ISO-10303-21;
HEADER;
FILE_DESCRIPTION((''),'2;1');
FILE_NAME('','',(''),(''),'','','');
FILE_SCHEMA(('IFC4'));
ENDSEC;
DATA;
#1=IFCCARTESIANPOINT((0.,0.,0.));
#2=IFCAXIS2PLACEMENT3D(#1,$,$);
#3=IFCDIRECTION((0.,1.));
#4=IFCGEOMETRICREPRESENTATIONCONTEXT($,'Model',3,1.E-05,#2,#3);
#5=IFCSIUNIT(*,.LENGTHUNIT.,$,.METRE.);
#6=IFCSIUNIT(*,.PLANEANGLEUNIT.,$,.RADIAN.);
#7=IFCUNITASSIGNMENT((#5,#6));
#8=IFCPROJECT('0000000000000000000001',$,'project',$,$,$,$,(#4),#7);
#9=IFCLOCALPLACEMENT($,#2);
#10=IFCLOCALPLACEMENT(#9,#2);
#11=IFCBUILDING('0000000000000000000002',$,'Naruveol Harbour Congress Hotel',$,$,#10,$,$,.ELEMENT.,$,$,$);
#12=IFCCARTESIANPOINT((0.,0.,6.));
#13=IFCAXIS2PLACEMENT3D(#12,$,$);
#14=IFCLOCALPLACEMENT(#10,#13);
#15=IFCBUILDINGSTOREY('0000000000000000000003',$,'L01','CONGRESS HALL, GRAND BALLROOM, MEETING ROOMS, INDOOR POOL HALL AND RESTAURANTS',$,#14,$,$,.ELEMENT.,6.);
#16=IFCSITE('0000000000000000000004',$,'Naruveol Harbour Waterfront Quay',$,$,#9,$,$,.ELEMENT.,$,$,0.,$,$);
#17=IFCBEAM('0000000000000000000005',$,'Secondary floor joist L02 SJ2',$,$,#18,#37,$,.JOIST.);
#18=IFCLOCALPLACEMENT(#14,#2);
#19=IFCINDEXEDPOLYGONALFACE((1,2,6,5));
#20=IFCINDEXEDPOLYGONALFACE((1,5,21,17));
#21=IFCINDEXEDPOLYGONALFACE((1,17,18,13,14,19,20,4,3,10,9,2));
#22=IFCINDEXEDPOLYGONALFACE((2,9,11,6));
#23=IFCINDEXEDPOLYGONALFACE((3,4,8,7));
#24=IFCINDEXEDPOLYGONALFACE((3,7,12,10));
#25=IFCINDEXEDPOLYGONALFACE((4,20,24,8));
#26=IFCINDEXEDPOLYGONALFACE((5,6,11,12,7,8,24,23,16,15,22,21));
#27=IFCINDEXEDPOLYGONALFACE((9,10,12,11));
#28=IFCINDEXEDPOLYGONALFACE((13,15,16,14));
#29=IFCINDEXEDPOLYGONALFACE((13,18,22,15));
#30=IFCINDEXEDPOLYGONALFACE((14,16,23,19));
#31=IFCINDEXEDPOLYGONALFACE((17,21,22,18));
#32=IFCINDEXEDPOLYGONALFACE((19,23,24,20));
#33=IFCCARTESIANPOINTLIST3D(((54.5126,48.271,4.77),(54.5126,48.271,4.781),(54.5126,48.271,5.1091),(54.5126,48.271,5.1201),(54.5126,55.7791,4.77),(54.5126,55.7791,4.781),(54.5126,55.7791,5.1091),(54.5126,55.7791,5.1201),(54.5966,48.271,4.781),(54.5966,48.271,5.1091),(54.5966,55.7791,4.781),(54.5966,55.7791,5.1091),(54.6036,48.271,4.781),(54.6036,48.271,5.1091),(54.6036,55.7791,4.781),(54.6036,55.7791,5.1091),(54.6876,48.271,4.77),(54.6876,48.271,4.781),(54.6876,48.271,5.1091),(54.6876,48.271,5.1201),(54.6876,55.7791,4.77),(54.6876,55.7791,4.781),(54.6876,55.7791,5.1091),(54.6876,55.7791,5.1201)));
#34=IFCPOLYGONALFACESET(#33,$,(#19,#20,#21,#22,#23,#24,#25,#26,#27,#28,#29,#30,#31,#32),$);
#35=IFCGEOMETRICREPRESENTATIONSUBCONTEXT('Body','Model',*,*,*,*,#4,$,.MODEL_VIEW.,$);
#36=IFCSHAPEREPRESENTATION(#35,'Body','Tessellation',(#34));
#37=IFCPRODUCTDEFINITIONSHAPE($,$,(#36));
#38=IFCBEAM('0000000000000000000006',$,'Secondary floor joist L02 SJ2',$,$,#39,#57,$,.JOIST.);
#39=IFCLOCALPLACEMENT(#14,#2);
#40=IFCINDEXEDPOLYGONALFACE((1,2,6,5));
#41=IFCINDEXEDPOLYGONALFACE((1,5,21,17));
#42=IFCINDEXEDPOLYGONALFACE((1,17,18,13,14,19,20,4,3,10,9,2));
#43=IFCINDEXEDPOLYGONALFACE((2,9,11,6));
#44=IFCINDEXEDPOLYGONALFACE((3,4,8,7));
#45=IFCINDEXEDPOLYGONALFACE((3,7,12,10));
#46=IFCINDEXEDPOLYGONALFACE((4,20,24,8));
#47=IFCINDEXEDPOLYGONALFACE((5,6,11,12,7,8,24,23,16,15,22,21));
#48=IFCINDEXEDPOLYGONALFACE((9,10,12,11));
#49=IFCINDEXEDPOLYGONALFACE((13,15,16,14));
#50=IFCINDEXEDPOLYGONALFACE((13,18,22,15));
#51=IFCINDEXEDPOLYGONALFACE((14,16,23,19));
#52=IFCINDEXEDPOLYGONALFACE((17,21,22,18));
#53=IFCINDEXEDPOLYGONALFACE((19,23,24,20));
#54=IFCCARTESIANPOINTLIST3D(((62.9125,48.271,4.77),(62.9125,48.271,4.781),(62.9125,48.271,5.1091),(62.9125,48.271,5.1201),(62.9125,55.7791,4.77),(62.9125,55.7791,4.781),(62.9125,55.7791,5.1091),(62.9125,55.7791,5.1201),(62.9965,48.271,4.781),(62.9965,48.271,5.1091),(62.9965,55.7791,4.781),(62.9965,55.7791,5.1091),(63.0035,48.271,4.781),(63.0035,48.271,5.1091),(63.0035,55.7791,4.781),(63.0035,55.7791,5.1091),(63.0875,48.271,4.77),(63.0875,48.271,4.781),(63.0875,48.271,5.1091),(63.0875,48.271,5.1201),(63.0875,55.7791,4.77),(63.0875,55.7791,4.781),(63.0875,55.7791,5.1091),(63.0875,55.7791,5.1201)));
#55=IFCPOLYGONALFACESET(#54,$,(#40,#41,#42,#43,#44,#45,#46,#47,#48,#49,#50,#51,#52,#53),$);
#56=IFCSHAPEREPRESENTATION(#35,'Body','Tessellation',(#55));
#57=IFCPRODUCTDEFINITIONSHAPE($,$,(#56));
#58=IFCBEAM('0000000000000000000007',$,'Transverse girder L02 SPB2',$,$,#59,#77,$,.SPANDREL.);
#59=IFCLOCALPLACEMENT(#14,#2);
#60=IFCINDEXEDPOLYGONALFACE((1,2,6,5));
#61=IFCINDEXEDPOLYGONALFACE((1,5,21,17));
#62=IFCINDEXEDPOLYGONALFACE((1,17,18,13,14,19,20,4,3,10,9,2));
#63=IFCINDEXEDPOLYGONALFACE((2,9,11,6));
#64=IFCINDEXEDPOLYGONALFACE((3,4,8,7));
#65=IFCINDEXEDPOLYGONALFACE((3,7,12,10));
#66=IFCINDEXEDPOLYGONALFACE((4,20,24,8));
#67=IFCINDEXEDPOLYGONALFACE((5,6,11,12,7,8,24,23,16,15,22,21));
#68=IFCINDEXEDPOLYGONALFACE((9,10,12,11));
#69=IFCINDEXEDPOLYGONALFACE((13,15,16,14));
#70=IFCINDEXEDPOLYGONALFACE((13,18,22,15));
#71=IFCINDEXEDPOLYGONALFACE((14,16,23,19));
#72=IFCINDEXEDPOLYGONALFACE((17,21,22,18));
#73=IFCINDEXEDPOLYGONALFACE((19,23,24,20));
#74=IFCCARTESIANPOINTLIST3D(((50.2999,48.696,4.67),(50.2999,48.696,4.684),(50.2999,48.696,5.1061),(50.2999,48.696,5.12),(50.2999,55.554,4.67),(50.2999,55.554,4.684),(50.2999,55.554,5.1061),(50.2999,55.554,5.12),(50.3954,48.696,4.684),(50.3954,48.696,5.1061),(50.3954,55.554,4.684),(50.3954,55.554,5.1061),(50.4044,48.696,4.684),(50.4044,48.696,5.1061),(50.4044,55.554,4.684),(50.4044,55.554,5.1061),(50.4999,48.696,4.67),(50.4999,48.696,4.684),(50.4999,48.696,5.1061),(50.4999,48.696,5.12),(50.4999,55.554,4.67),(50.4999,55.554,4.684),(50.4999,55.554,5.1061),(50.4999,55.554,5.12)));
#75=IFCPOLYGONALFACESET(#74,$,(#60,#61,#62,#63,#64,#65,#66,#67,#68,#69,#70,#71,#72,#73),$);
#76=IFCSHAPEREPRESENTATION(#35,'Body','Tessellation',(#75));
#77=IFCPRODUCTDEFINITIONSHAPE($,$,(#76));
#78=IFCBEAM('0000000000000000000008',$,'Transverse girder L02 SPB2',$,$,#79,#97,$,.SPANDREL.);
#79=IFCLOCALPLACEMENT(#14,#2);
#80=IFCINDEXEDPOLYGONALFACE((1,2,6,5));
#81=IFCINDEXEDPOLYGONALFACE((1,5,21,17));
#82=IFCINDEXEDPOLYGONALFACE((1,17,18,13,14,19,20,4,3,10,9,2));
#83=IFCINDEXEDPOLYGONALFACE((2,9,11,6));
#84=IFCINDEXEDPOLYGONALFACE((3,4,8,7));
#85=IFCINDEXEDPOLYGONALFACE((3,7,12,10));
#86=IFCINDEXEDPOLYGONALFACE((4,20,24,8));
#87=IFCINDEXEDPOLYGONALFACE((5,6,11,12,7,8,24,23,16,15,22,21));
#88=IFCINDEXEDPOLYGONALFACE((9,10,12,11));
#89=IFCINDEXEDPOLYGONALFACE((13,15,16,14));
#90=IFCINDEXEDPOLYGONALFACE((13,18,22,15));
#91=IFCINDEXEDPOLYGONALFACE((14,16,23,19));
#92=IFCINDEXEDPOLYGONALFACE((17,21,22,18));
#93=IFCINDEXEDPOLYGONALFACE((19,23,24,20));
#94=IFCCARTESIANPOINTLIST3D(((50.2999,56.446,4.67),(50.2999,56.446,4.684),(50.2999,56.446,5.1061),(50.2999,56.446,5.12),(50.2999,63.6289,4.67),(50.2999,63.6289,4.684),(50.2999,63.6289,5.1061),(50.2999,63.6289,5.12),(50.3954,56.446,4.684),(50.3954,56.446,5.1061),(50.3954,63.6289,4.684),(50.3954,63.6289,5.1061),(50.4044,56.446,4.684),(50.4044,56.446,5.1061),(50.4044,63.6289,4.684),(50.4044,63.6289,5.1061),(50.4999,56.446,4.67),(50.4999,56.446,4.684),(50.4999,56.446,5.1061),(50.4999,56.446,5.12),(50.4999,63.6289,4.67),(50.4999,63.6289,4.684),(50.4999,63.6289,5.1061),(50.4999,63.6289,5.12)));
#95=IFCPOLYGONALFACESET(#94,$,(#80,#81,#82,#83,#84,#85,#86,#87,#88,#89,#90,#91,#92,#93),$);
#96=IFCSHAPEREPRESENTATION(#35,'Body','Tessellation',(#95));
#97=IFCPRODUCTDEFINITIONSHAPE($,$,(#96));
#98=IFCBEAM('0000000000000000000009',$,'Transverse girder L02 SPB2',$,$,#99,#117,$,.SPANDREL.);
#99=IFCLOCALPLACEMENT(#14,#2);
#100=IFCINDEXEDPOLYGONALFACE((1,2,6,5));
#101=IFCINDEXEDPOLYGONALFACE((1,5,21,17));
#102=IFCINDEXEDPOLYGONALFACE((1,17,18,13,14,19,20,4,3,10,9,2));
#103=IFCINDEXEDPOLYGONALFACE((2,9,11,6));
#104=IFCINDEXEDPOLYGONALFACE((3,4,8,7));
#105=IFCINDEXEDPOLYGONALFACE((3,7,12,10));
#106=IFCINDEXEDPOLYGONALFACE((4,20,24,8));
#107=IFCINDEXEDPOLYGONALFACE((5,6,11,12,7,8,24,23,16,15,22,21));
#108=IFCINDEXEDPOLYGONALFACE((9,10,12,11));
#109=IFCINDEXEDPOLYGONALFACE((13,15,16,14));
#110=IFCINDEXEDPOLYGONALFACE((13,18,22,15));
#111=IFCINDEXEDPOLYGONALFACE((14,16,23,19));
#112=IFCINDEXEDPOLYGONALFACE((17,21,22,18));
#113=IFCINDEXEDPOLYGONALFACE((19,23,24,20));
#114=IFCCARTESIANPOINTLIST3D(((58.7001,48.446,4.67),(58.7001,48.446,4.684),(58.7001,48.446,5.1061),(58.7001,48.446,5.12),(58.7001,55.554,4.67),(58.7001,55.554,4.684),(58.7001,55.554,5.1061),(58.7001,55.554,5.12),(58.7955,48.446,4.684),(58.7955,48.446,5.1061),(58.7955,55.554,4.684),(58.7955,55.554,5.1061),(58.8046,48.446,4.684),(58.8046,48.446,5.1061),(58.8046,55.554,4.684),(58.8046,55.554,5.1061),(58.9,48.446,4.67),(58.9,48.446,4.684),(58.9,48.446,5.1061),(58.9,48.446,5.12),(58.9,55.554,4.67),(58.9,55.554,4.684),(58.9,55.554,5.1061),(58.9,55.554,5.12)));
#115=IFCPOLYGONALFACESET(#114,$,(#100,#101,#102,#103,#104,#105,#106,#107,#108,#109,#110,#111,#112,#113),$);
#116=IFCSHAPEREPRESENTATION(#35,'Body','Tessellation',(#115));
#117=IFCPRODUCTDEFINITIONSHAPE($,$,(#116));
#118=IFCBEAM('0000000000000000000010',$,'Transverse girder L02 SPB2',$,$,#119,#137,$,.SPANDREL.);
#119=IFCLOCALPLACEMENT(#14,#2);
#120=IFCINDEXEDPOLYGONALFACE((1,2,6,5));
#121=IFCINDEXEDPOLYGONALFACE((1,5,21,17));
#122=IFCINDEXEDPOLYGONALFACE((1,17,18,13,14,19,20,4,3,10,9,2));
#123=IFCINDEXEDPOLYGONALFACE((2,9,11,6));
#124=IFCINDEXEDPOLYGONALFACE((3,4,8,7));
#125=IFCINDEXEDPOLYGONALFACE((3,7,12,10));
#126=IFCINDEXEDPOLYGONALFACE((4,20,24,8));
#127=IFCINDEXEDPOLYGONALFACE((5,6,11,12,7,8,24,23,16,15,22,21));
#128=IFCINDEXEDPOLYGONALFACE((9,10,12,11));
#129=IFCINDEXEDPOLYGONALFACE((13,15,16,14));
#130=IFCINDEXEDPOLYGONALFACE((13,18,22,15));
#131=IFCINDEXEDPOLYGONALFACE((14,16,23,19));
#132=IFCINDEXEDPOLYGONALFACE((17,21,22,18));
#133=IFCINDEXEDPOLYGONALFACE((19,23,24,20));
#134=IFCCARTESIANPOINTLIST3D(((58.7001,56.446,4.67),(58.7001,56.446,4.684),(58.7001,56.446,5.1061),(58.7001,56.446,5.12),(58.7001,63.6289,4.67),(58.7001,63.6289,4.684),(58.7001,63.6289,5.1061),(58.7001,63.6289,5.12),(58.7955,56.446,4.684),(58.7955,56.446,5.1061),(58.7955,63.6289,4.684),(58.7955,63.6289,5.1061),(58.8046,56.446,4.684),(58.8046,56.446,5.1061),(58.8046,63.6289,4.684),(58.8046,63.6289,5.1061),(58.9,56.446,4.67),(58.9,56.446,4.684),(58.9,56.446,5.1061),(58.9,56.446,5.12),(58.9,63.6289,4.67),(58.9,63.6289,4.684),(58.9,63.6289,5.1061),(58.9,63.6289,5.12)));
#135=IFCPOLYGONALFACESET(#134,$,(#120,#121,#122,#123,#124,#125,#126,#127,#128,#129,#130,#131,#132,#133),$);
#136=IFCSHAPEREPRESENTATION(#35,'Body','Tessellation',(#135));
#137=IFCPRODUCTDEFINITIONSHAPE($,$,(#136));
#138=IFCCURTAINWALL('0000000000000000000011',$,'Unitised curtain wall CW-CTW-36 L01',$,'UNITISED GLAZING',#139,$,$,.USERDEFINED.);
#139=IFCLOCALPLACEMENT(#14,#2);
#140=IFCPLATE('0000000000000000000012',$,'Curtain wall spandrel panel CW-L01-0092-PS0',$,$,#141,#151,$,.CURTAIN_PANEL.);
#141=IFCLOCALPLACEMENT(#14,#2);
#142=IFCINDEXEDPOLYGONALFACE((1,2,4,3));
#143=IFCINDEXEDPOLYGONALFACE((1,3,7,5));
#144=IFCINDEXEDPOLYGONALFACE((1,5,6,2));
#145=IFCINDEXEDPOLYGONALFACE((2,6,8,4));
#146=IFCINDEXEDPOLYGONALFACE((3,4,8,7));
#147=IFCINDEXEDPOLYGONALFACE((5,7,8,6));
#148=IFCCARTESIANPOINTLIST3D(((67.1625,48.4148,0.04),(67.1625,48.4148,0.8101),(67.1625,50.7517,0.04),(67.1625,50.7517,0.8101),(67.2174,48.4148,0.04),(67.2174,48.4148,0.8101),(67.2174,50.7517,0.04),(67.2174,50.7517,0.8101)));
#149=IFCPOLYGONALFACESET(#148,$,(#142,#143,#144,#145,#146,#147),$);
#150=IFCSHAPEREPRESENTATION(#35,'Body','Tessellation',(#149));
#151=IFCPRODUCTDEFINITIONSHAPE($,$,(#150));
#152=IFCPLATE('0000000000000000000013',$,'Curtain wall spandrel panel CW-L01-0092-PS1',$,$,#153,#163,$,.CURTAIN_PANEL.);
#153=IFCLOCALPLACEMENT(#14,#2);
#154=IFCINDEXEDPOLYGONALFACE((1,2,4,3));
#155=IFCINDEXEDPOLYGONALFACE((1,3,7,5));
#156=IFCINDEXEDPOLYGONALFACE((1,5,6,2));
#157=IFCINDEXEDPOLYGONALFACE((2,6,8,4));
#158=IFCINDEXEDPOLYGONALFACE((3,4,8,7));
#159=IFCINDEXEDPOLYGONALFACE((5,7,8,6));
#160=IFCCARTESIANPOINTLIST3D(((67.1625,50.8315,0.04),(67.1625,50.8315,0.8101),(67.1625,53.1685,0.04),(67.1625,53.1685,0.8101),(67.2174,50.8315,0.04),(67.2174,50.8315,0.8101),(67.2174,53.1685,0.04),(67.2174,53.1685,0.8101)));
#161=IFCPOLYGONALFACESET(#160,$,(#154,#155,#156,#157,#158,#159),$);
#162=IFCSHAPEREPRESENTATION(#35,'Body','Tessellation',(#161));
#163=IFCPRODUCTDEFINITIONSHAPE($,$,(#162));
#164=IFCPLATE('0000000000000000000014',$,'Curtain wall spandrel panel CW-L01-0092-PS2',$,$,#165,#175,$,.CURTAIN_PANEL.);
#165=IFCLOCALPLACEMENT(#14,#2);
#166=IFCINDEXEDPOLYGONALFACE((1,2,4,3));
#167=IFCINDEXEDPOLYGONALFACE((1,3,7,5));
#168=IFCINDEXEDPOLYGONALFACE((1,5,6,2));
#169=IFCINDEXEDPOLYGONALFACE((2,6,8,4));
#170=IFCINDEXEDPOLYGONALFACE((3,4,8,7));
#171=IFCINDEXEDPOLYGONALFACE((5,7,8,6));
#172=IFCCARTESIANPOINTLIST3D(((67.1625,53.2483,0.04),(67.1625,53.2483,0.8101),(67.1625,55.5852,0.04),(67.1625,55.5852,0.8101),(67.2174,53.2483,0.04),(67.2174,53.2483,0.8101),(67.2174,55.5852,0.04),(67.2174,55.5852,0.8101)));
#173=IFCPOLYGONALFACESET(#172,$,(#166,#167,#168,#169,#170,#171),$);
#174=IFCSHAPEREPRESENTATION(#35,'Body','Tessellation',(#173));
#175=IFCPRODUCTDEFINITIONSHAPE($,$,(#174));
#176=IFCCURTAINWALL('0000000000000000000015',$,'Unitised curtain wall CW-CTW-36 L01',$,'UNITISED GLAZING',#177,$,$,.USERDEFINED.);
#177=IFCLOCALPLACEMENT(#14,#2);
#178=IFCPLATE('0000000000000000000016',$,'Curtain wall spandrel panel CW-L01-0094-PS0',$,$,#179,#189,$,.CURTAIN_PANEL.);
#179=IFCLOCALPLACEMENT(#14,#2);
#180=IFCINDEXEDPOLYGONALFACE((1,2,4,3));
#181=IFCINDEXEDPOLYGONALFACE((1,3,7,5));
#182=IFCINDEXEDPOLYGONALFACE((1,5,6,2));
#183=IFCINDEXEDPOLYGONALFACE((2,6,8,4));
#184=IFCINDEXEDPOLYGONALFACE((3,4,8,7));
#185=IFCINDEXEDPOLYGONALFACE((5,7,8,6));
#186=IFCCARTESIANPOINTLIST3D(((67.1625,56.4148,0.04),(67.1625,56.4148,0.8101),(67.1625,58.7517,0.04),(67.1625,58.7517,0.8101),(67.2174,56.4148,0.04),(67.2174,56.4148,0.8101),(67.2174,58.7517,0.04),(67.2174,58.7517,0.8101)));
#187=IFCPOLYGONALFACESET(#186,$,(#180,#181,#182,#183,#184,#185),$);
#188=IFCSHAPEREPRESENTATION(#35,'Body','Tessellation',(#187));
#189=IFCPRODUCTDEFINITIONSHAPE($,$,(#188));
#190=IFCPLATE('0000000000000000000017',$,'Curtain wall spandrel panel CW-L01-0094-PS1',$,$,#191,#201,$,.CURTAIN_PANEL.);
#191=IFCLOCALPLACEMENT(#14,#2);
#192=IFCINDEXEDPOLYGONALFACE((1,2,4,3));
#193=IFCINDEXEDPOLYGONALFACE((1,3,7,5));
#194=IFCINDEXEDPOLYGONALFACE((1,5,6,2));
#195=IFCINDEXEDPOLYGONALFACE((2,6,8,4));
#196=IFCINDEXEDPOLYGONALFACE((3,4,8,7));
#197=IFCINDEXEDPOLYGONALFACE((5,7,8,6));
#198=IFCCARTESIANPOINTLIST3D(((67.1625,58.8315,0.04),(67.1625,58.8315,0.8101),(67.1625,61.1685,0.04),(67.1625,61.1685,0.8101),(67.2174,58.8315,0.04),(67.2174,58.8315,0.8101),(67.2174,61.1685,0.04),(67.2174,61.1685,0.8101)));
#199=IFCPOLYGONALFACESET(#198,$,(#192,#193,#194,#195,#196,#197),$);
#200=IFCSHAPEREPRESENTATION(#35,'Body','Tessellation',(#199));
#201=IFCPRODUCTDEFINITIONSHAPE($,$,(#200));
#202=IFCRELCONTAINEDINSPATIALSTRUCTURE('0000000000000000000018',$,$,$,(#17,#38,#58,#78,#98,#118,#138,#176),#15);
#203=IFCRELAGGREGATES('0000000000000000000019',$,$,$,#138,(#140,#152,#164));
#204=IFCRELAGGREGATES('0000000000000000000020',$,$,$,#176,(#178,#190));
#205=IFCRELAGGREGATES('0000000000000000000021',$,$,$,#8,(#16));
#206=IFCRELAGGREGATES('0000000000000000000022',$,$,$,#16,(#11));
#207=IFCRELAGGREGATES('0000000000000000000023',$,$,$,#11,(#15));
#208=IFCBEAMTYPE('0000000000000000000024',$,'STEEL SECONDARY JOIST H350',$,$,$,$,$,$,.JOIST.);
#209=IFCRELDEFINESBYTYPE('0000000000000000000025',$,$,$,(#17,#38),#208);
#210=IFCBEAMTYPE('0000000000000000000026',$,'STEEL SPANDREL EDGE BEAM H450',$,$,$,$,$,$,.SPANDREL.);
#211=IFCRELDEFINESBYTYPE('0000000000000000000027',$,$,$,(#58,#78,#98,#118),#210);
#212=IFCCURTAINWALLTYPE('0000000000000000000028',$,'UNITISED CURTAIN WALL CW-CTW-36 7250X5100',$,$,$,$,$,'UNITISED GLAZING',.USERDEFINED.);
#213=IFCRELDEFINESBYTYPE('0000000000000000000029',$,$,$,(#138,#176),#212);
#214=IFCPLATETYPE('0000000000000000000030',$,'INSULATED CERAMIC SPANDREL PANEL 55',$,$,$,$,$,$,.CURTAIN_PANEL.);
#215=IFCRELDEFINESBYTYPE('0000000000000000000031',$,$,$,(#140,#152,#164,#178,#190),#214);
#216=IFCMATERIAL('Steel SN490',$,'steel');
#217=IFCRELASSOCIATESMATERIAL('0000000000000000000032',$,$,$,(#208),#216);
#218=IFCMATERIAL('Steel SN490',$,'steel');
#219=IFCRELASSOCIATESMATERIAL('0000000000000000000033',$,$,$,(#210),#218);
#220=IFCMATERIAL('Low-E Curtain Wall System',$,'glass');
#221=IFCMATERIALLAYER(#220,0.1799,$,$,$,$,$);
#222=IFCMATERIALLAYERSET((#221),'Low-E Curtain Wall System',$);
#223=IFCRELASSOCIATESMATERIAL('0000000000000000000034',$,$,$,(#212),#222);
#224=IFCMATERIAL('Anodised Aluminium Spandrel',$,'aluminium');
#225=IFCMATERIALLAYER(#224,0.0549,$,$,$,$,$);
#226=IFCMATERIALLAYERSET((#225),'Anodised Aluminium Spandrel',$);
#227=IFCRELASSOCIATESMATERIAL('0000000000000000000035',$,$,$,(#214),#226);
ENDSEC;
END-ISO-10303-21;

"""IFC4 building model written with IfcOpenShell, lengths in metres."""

from ifc_helpers import new_model, si_unit, direction, frame, origin, origin_2d, place, context, subcontext, project, spatial, rectangle, i_section, extrude, material, layer, layer_set, material_profile, profile_set, type_object, element, aggregate, save


model = new_model("IFC4")

# Units and contexts
model_context = context("Model", 3, precision=1e-05, world=origin(), true_north=direction((0.0, 1.0)))
body_context = subcontext(model_context, "Body", "Model", "MODEL_VIEW")
ifc_project = project(units=[si_unit("LENGTHUNIT", "METRE"), si_unit("PLANEANGLEUNIT", "RADIAN")], contexts=[model_context])

# Site, building, storey
site_placement = place(None, origin())
site = spatial("IfcSite", under=ifc_project, at=site_placement, Name="Naruveol Harbour Waterfront Quay", CompositionType="ELEMENT", RefElevation=0.0)
building_placement = place(site_placement, origin())
building = spatial("IfcBuilding", under=site, at=building_placement, Name="Naruveol Harbour Congress Hotel", CompositionType="ELEMENT")
storey_placement = place(building_placement, frame((0.0, 0.0, 6.0)))
storey = spatial("IfcBuildingStorey", under=building, at=storey_placement, Name="L01", Description="CONGRESS HALL, GRAND BALLROOM, MEETING ROOMS, INDOOR POOL HALL AND RESTAURANTS", CompositionType="ELEMENT", Elevation=6.0)

# Beams
ifc_material_1 = material(Name="Steel SN490", Category="steel")
ifc_material_profile_1 = material_profile(ifc_material_1, i_section(OverallWidth=0.175, OverallDepth=0.3501, WebThickness=0.0071, FlangeThickness=0.011, at=origin_2d()), Name="H-350x175x7x11")
ifc_profile_set_1 = profile_set([ifc_material_profile_1], Name="Steel SN490")
beam_type_1 = type_object("IfcBeamType", Name="STEEL SECONDARY JOIST H350", PredefinedType="JOIST", material=ifc_profile_set_1)
for number, where, z_axis, x_axis, name in (
    (1, (54.6001, 48.271, 4.9451), (0.0, 1.0, 0.0), (-1.0, 0.0, 0.0), "Secondary floor joist L02 SJ2"),
    (2, (63.0, 48.271, 4.9451), (0.0, 1.0, 0.0), (-1.0, 0.0, 0.0), "Secondary floor joist L02 SJ2"),
):
    element("IfcBeam", number, at=place(storey_placement, frame(where, z_axis=z_axis, x_axis=x_axis)), inside=storey, type_object=beam_type_1, Name=name, PredefinedType="JOIST", context=body_context, shape_type="SweptSolid", body=[
        extrude(i_section(OverallWidth=0.175, OverallDepth=0.3501, WebThickness=0.0071, FlangeThickness=0.011, at=origin_2d()), origin(), (0.0, 0.0, 1.0), 7.5081),
    ])
ifc_material_2 = material(Name="Steel SN490", Category="steel")
ifc_material_profile_2 = material_profile(ifc_material_2, i_section(OverallWidth=0.2, OverallDepth=0.45, WebThickness=0.009, FlangeThickness=0.0139, at=origin_2d()), Name="H-450x200x9x14")
ifc_profile_set_2 = profile_set([ifc_material_profile_2], Name="Steel SN490")
beam_type_2 = type_object("IfcBeamType", Name="STEEL SPANDREL EDGE BEAM H450", PredefinedType="SPANDREL", material=ifc_profile_set_2)
beam_1_placement = place(storey_placement, frame((50.3999, 48.696, 4.895), z_axis=(0.0, 1.0, 0.0), x_axis=(-1.0, 0.0, 0.0)))
element("IfcBeam", 3, at=beam_1_placement, inside=storey, type_object=beam_type_2, Name="Transverse girder L02 SPB2", PredefinedType="SPANDREL", context=body_context, shape_type="SweptSolid", body=[
    extrude(i_section(OverallWidth=0.2, OverallDepth=0.45, WebThickness=0.009, FlangeThickness=0.0139, at=origin_2d()), origin(), (0.0, 0.0, 1.0), 6.8579),
])
beam_2_placement = place(storey_placement, frame((50.3999, 56.446, 4.895), z_axis=(0.0, 1.0, 0.0), x_axis=(-1.0, 0.0, 0.0)))
element("IfcBeam", 4, at=beam_2_placement, inside=storey, type_object=beam_type_2, Name="Transverse girder L02 SPB2", PredefinedType="SPANDREL", context=body_context, shape_type="SweptSolid", body=[
    extrude(i_section(OverallWidth=0.2, OverallDepth=0.45, WebThickness=0.009, FlangeThickness=0.0139, at=origin_2d()), origin(), (0.0, 0.0, 1.0), 7.1829),
])
beam_3_placement = place(storey_placement, frame((58.8, 48.446, 4.895), z_axis=(0.0, 1.0, 0.0), x_axis=(-1.0, 0.0, 0.0)))
element("IfcBeam", 5, at=beam_3_placement, inside=storey, type_object=beam_type_2, Name="Transverse girder L02 SPB2", PredefinedType="SPANDREL", context=body_context, shape_type="SweptSolid", body=[
    extrude(i_section(OverallWidth=0.2, OverallDepth=0.45, WebThickness=0.009, FlangeThickness=0.0139, at=origin_2d()), origin(), (0.0, 0.0, 1.0), 7.1079),
])
beam_4_placement = place(storey_placement, frame((58.8, 56.446, 4.895), z_axis=(0.0, 1.0, 0.0), x_axis=(-1.0, 0.0, 0.0)))
element("IfcBeam", 6, at=beam_4_placement, inside=storey, type_object=beam_type_2, Name="Transverse girder L02 SPB2", PredefinedType="SPANDREL", context=body_context, shape_type="SweptSolid", body=[
    extrude(i_section(OverallWidth=0.2, OverallDepth=0.45, WebThickness=0.009, FlangeThickness=0.0139, at=origin_2d()), origin(), (0.0, 0.0, 1.0), 7.1829),
])

# Curtain walls, plates
ifc_material_3 = material(Name="Low-E Curtain Wall System", Category="glass")
ifc_layer_1 = layer(ifc_material_3, 0.1799)
ifc_layer_set_1 = layer_set([ifc_layer_1], Name="Low-E Curtain Wall System")
curtain_wall_type = type_object("IfcCurtainWallType", Name="UNITISED CURTAIN WALL CW-CTW-36 7250X5100", ElementType="UNITISED GLAZING", PredefinedType="USERDEFINED", material=ifc_layer_set_1)
curtain_wall_1_placement = place(storey_placement, origin())
curtain_wall_1 = element("IfcCurtainWall", 7, at=curtain_wall_1_placement, inside=storey, type_object=curtain_wall_type, Name="Unitised curtain wall CW-CTW-36 L01", ObjectType="UNITISED GLAZING", PredefinedType="USERDEFINED")
ifc_material_4 = material(Name="Anodised Aluminium Spandrel", Category="aluminium")
ifc_layer_2 = layer(ifc_material_4, 0.0549)
ifc_layer_set_2 = layer_set([ifc_layer_2], Name="Anodised Aluminium Spandrel")
plate_type_1 = type_object("IfcPlateType", Name="INSULATED CERAMIC SPANDREL PANEL 55", PredefinedType="CURTAIN_PANEL", material=ifc_layer_set_2)
plate_1_placement = place(storey_placement, frame((67.1899, 49.5833, 0.04), z_axis=(0.0, 0.0, 1.0), x_axis=(0.0, 1.0, 0.0)))
plate_1 = element("IfcPlate", 8, at=plate_1_placement, type_object=plate_type_1, Name="Curtain wall spandrel panel CW-L01-0092-PS0", PredefinedType="CURTAIN_PANEL", context=body_context, shape_type="SweptSolid", body=[
    extrude(rectangle(XDim=2.3369, YDim=0.0549, at=origin_2d()), origin(), (0.0, 0.0, 1.0), 0.77),
])
plate_2_placement = place(storey_placement, frame((67.1899, 52.0, 0.04), z_axis=(0.0, 0.0, 1.0), x_axis=(0.0, 1.0, 0.0)))
plate_2 = element("IfcPlate", 9, at=plate_2_placement, type_object=plate_type_1, Name="Curtain wall spandrel panel CW-L01-0092-PS1", PredefinedType="CURTAIN_PANEL", context=body_context, shape_type="SweptSolid", body=[
    extrude(rectangle(XDim=2.3369, YDim=0.0549, at=origin_2d()), origin(), (0.0, 0.0, 1.0), 0.77),
])
plate_3_placement = place(storey_placement, frame((67.1899, 54.4167, 0.04), z_axis=(0.0, 0.0, 1.0), x_axis=(0.0, 1.0, 0.0)))
plate_3 = element("IfcPlate", 10, at=plate_3_placement, type_object=plate_type_1, Name="Curtain wall spandrel panel CW-L01-0092-PS2", PredefinedType="CURTAIN_PANEL", context=body_context, shape_type="SweptSolid", body=[
    extrude(rectangle(XDim=2.3369, YDim=0.0549, at=origin_2d()), origin(), (0.0, 0.0, 1.0), 0.77),
])
curtain_wall_2_placement = place(storey_placement, origin())
curtain_wall_2 = element("IfcCurtainWall", 11, at=curtain_wall_2_placement, inside=storey, type_object=curtain_wall_type, Name="Unitised curtain wall CW-CTW-36 L01", ObjectType="UNITISED GLAZING", PredefinedType="USERDEFINED")
plate_4_placement = place(storey_placement, frame((67.1899, 57.5833, 0.04), z_axis=(0.0, 0.0, 1.0), x_axis=(0.0, 1.0, 0.0)))
plate_4 = element("IfcPlate", 12, at=plate_4_placement, type_object=plate_type_1, Name="Curtain wall spandrel panel CW-L01-0094-PS0", PredefinedType="CURTAIN_PANEL", context=body_context, shape_type="SweptSolid", body=[
    extrude(rectangle(XDim=2.3369, YDim=0.0549, at=origin_2d()), origin(), (0.0, 0.0, 1.0), 0.77),
])
plate_5_placement = place(storey_placement, frame((67.1899, 60.0, 0.04), z_axis=(0.0, 0.0, 1.0), x_axis=(0.0, 1.0, 0.0)))
plate_5 = element("IfcPlate", 13, at=plate_5_placement, type_object=plate_type_1, Name="Curtain wall spandrel panel CW-L01-0094-PS1", PredefinedType="CURTAIN_PANEL", context=body_context, shape_type="SweptSolid", body=[
    extrude(rectangle(XDim=2.3369, YDim=0.0549, at=origin_2d()), origin(), (0.0, 0.0, 1.0), 0.77),
])

aggregate(curtain_wall_1, [plate_1, plate_2, plate_3])
aggregate(curtain_wall_2, [plate_4, plate_5])

save(model, "model.ifc")
